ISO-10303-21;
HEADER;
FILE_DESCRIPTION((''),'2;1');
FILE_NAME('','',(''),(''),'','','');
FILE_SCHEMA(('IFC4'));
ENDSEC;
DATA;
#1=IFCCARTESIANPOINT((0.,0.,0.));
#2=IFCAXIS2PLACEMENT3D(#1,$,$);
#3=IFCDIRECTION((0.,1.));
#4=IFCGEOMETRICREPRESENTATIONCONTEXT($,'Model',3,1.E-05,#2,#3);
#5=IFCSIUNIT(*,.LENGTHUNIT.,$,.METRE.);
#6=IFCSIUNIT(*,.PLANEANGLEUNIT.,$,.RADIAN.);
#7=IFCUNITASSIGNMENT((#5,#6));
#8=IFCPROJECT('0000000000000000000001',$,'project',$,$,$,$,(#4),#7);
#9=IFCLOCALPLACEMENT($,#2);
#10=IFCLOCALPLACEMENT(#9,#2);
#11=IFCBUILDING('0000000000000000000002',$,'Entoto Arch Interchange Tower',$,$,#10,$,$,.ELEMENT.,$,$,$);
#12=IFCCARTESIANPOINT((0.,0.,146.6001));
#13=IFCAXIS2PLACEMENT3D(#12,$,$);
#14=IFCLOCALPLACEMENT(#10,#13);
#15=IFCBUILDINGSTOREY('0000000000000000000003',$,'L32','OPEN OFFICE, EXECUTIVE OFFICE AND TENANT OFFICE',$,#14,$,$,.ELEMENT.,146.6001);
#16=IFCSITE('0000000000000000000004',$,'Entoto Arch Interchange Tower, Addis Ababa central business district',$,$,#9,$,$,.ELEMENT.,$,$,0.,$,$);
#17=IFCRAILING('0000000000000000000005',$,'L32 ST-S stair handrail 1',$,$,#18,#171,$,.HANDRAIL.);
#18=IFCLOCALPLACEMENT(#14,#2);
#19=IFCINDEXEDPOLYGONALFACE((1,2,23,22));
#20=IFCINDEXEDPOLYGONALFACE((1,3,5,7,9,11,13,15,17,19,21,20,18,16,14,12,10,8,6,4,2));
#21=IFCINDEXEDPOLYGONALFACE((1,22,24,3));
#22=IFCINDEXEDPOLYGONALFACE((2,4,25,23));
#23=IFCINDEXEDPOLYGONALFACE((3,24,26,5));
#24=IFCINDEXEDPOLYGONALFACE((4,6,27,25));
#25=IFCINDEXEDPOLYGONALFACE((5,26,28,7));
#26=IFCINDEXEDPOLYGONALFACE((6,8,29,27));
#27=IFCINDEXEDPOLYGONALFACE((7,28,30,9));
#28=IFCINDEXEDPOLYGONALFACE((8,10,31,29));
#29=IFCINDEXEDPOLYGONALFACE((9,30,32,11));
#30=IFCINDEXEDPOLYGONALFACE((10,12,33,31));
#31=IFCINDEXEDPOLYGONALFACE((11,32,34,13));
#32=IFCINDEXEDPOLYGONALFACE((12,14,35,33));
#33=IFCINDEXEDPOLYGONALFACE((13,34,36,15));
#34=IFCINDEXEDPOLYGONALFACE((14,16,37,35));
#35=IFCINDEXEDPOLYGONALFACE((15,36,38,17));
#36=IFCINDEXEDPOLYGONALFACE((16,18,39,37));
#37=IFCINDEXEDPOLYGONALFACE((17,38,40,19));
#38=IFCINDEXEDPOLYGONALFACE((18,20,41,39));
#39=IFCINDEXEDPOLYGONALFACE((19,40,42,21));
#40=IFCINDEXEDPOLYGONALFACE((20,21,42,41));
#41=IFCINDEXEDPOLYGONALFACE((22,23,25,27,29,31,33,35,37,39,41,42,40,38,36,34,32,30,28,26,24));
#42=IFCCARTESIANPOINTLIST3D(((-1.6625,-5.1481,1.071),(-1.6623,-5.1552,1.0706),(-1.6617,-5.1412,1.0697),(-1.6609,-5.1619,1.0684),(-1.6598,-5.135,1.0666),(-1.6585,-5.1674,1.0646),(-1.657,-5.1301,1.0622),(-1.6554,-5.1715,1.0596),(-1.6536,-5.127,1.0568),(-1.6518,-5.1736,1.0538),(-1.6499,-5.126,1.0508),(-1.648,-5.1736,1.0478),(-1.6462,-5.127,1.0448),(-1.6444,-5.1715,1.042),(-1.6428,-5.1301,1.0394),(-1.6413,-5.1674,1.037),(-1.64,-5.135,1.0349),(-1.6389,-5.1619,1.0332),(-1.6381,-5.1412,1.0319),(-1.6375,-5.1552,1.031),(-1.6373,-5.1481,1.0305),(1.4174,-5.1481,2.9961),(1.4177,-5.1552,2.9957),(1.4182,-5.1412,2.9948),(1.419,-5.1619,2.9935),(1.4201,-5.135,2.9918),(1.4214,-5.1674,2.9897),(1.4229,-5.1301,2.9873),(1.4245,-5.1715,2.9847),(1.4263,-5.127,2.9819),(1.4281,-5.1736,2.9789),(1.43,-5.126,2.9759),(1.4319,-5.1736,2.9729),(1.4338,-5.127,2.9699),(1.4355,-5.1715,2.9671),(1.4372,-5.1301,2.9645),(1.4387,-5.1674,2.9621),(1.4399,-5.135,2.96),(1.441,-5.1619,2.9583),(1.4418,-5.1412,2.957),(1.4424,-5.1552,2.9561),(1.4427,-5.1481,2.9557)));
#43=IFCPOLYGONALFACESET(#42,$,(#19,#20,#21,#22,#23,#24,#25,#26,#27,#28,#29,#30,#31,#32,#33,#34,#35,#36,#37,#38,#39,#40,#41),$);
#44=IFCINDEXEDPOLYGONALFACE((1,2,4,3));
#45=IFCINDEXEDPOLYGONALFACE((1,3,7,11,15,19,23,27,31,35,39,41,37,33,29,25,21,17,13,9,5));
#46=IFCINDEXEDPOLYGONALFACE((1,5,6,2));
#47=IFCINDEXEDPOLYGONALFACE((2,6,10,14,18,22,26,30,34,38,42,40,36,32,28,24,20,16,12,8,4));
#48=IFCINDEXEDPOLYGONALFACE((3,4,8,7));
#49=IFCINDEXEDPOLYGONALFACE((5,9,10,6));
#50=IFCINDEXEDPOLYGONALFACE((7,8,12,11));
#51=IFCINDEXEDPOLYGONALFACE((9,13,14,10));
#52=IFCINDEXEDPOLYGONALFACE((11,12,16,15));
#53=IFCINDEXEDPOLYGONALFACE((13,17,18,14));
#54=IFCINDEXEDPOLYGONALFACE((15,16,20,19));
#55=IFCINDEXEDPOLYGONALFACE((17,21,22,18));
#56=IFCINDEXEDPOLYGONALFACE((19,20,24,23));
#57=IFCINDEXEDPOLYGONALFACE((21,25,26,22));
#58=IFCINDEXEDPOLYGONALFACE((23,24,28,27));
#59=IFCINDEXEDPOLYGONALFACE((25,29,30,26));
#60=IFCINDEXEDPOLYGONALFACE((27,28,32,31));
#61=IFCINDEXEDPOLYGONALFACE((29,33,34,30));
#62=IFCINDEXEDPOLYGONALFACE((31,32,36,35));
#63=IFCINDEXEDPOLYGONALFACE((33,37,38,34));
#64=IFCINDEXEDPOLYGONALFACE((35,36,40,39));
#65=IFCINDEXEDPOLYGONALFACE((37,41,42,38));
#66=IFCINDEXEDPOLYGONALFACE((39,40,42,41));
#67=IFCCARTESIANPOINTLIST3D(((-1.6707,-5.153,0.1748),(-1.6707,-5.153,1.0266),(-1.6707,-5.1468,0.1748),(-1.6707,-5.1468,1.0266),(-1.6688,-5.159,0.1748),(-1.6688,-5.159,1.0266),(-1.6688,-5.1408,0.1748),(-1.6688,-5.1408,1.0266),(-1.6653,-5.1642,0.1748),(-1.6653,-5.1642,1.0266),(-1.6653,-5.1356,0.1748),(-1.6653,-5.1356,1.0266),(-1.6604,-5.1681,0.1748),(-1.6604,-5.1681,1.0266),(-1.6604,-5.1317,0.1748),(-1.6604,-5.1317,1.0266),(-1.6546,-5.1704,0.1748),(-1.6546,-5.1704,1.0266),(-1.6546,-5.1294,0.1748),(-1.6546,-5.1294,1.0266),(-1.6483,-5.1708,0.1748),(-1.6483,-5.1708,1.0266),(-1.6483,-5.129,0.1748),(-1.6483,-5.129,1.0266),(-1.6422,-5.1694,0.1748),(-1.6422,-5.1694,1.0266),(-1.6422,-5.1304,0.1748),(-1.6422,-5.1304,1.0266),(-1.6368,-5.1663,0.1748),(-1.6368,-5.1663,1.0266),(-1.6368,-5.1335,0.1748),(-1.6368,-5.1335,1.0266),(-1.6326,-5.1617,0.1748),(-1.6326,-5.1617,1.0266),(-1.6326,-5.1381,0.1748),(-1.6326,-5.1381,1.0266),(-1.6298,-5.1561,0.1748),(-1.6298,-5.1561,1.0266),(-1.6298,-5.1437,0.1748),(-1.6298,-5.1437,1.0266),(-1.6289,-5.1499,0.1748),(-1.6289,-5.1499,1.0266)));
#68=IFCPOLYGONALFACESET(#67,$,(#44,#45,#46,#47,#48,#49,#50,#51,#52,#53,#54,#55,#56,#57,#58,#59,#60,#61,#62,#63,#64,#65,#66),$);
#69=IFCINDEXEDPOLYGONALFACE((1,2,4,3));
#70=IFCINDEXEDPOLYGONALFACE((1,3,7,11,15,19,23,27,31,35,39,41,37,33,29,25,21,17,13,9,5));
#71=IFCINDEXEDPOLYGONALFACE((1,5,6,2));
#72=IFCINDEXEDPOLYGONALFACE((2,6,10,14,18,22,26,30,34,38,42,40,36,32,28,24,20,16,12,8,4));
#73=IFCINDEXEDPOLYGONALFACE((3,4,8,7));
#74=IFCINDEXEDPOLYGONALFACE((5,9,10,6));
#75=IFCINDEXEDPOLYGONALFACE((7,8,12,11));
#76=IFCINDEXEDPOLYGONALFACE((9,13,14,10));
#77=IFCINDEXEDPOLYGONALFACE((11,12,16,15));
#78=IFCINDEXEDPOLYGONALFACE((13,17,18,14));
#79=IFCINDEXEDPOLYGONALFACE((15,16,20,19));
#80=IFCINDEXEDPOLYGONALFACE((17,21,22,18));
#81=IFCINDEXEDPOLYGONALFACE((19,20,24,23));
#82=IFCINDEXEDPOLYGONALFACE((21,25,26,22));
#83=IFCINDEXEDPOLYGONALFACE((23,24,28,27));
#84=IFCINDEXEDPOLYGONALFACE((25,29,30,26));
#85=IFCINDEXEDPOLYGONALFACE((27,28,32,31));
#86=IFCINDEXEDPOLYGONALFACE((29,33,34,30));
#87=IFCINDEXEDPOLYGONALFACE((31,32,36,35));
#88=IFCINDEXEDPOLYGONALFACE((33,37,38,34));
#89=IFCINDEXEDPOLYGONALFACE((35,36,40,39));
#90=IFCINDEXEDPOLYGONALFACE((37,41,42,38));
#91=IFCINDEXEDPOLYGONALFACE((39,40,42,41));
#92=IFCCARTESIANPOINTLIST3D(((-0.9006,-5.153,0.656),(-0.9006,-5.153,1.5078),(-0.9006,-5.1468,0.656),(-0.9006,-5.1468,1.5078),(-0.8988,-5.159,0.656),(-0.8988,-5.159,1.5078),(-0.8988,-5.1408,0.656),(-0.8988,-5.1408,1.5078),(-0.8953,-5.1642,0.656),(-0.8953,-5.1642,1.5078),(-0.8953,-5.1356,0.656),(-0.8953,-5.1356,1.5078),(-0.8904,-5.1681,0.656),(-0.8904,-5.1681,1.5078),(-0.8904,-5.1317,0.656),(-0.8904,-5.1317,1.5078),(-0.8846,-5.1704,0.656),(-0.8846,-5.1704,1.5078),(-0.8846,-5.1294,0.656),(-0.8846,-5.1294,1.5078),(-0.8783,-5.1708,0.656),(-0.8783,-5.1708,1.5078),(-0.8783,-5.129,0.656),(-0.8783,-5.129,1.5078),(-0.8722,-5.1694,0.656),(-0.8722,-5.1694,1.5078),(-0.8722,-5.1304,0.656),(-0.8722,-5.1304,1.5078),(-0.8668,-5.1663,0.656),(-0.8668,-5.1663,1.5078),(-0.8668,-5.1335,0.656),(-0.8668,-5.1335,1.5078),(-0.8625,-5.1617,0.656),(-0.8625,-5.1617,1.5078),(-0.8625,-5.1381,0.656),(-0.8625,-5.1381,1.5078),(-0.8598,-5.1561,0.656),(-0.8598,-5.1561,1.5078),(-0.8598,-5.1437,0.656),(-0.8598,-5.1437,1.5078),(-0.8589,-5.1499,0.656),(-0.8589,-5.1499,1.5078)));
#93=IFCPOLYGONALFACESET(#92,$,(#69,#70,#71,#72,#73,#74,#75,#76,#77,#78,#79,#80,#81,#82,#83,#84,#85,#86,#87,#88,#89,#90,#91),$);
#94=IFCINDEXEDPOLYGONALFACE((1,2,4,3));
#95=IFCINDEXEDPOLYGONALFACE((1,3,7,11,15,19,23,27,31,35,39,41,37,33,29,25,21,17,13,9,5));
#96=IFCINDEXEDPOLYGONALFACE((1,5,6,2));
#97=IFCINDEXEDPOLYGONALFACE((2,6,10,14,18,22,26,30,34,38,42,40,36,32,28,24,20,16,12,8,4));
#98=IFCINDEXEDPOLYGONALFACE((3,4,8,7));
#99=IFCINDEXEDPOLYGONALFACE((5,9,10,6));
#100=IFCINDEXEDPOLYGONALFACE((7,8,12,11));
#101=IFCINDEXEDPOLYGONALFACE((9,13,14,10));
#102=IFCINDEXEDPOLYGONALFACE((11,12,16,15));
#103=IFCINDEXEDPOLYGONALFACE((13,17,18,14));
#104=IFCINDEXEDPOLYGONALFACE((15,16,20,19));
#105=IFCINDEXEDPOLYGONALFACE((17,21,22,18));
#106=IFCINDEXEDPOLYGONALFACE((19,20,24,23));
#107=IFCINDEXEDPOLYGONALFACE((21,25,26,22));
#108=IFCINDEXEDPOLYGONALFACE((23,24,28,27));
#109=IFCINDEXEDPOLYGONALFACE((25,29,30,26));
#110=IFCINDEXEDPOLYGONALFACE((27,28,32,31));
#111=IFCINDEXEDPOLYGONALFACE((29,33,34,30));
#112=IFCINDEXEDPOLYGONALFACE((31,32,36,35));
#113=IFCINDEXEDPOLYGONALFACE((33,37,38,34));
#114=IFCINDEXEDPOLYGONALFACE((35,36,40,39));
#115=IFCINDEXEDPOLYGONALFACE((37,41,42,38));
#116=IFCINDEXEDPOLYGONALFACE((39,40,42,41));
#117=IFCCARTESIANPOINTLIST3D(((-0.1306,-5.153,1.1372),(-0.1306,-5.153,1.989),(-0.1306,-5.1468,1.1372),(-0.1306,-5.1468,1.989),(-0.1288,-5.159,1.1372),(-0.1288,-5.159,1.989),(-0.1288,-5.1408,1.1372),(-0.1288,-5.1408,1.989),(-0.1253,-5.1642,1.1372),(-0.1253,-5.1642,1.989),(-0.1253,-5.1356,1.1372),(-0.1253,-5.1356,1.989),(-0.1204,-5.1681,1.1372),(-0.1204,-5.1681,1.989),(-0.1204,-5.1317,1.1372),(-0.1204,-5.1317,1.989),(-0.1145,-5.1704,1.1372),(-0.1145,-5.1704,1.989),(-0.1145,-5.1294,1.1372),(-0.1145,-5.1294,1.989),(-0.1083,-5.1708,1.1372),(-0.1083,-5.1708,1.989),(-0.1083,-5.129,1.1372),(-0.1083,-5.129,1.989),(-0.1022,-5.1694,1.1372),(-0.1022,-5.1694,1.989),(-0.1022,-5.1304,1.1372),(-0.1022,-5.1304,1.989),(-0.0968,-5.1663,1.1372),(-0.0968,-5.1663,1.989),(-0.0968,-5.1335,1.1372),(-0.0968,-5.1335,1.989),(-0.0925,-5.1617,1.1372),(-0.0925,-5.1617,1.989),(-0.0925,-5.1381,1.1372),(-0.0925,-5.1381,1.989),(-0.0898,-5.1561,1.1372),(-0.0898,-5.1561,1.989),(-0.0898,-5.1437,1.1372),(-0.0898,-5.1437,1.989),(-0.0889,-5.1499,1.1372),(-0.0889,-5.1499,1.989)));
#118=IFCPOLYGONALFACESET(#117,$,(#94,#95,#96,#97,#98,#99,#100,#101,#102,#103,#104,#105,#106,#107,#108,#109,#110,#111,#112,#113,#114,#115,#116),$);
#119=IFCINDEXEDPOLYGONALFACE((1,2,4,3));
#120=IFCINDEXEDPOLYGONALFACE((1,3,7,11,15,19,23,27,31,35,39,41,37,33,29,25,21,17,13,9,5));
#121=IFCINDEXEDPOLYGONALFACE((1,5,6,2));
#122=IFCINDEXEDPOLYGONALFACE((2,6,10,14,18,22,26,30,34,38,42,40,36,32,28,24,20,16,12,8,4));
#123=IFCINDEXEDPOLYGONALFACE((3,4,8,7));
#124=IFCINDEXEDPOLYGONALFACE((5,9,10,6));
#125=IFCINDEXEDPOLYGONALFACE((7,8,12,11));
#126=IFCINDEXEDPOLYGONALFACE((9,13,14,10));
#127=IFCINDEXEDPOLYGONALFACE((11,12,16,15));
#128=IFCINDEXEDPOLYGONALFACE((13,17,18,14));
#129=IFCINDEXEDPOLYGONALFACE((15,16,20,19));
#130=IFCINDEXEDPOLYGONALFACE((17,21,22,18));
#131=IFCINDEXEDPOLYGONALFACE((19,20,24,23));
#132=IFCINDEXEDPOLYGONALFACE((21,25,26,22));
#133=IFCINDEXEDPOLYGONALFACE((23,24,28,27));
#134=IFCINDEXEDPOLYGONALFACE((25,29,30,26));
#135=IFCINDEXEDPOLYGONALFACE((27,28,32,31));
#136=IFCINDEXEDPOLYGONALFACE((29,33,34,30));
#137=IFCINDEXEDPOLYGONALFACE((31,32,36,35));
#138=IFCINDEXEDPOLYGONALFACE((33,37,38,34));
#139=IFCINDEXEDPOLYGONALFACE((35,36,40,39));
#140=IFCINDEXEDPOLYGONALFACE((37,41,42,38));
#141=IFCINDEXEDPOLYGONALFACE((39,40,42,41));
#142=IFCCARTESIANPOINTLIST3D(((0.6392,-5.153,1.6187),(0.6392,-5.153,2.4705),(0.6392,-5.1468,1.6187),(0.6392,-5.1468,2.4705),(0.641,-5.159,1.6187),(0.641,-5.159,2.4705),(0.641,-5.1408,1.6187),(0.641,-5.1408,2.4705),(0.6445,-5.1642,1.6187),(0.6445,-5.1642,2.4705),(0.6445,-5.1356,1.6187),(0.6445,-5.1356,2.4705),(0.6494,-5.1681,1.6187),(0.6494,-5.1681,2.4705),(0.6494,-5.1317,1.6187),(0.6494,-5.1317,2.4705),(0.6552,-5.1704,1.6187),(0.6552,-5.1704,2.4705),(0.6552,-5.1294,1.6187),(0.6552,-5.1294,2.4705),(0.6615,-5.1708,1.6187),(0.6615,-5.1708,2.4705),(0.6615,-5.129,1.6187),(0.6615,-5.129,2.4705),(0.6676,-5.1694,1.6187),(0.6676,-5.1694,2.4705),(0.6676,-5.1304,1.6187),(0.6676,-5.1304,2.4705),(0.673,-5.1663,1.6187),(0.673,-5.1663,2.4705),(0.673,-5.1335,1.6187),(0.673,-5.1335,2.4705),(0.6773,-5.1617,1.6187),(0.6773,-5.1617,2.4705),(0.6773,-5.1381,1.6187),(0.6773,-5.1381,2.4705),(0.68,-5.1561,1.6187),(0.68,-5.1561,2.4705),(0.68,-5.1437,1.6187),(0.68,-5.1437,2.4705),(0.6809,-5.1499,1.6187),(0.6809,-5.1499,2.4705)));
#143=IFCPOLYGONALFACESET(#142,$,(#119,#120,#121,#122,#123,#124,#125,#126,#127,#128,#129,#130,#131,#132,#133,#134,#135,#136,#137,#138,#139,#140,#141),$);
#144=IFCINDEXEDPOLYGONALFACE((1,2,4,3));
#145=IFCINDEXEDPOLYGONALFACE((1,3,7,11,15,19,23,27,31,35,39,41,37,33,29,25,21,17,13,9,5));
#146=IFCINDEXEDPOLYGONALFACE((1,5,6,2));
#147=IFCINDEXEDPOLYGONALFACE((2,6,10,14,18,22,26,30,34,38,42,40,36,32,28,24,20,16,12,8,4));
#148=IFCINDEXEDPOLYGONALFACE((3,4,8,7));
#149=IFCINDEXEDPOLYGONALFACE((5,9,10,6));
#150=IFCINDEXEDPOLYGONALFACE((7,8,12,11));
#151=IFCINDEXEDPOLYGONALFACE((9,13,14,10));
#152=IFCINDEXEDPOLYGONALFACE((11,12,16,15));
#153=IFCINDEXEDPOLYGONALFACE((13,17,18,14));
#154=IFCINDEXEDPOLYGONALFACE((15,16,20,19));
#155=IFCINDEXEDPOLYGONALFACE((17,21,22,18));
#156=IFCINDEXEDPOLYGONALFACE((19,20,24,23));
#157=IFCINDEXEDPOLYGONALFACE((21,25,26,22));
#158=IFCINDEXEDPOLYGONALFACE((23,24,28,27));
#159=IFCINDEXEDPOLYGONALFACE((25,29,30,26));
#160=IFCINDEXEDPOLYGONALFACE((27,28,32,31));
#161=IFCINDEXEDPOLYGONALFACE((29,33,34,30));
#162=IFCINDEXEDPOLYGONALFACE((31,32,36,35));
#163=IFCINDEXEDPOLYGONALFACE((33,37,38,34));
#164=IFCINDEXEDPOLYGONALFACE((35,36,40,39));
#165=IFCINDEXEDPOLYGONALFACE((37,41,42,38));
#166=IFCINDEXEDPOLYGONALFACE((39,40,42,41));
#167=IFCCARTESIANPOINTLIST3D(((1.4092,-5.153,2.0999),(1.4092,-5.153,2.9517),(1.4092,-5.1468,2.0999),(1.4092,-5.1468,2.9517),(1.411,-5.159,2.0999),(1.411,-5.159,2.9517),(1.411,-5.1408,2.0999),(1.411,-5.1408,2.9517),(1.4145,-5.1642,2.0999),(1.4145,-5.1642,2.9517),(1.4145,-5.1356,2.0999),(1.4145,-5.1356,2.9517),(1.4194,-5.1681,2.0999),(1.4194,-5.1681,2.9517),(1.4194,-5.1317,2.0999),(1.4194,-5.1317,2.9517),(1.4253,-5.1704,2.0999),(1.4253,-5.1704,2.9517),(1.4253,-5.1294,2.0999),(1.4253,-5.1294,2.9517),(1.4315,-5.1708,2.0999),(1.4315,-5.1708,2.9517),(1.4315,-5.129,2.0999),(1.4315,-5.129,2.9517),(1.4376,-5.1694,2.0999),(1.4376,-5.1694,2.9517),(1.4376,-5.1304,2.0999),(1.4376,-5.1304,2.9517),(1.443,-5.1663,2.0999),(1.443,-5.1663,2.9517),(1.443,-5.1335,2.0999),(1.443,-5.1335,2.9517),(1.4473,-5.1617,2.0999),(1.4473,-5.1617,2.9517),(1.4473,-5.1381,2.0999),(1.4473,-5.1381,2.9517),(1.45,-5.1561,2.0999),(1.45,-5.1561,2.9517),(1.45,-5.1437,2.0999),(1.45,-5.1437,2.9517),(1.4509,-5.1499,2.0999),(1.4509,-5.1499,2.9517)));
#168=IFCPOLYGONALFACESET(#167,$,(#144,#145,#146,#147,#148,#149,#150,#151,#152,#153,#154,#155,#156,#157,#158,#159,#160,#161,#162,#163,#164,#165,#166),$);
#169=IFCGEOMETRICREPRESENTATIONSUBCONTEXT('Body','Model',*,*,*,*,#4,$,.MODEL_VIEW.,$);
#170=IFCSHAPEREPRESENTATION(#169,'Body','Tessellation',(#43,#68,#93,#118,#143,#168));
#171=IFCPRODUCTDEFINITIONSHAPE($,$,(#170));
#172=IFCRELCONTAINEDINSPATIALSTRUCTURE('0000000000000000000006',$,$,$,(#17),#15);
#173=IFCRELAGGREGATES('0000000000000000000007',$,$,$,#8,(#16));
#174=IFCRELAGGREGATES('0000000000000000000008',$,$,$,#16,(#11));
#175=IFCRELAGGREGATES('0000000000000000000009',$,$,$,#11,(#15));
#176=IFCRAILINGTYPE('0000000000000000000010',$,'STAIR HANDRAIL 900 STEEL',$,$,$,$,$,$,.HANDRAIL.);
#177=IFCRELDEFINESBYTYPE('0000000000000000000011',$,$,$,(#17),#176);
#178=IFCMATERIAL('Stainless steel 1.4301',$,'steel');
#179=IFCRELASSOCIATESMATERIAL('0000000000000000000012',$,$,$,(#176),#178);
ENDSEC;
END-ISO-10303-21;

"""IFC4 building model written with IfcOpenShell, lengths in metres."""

from ifc_helpers import new_model, si_unit, direction, frame, origin, origin_2d, place, context, subcontext, project, spatial, circle, extrude, material, type_object, element, save


model = new_model("IFC4")

# Units and contexts
model_context = context("Model", 3, precision=1e-05, world=origin(), true_north=direction((0.0, 1.0)))
body_context = subcontext(model_context, "Body", "Model", "MODEL_VIEW")
ifc_project = project(units=[si_unit("LENGTHUNIT", "METRE"), si_unit("PLANEANGLEUNIT", "RADIAN")], contexts=[model_context])

# Site, building, storey
site_placement = place(None, origin())
site = spatial("IfcSite", under=ifc_project, at=site_placement, Name="Entoto Arch Interchange Tower, Addis Ababa central business district", CompositionType="ELEMENT", RefElevation=0.0)
building_placement = place(site_placement, origin())
building = spatial("IfcBuilding", under=site, at=building_placement, Name="Entoto Arch Interchange Tower", CompositionType="ELEMENT")
storey_placement = place(building_placement, frame((0.0, 0.0, 146.6001)))
storey = spatial("IfcBuildingStorey", under=building, at=storey_placement, Name="L32", Description="OPEN OFFICE, EXECUTIVE OFFICE AND TENANT OFFICE", CompositionType="ELEMENT", Elevation=146.6001)

# Railing
ifc_material_1 = material(Name="Stainless steel 1.4301", Category="steel")
railing_type_1 = type_object("IfcRailingType", Name="STAIR HANDRAIL 900 STEEL", PredefinedType="HANDRAIL", material=ifc_material_1)
railing_1_placement = place(storey_placement, frame((-1.6499, -5.1499, 0.1748)))
element("IfcRailing", 1, at=railing_1_placement, inside=storey, type_object=railing_type_1, Name="L32 ST-S stair handrail 1", PredefinedType="HANDRAIL", context=body_context, shape_type="SweptSolid", body=[
    extrude(circle(Radius=0.0239, at=origin_2d()), frame((0.0, 0.0, 0.876), z_axis=(0.847979, 0.0, 0.530029), x_axis=(0.0, 1.0, 0.0)), (0.0, 0.0, 1.0), 3.6321),
    extrude(circle(Radius=0.021, at=origin_2d()), origin(), (0.0, 0.0, 1.0), 0.8518),
    extrude(circle(Radius=0.021, at=origin_2d()), frame((0.77, 0.0, 0.4812)), (0.0, 0.0, 1.0), 0.8518),
    extrude(circle(Radius=0.021, at=origin_2d()), frame((1.54, 0.0, 0.9624)), (0.0, 0.0, 1.0), 0.8518),
    extrude(circle(Radius=0.021, at=origin_2d()), frame((2.3098, 0.0, 1.4438)), (0.0, 0.0, 1.0), 0.8518),
    extrude(circle(Radius=0.021, at=origin_2d()), frame((3.0798, 0.0, 1.925)), (0.0, 0.0, 1.0), 0.8518),
])

save(model, "model.ifc")
